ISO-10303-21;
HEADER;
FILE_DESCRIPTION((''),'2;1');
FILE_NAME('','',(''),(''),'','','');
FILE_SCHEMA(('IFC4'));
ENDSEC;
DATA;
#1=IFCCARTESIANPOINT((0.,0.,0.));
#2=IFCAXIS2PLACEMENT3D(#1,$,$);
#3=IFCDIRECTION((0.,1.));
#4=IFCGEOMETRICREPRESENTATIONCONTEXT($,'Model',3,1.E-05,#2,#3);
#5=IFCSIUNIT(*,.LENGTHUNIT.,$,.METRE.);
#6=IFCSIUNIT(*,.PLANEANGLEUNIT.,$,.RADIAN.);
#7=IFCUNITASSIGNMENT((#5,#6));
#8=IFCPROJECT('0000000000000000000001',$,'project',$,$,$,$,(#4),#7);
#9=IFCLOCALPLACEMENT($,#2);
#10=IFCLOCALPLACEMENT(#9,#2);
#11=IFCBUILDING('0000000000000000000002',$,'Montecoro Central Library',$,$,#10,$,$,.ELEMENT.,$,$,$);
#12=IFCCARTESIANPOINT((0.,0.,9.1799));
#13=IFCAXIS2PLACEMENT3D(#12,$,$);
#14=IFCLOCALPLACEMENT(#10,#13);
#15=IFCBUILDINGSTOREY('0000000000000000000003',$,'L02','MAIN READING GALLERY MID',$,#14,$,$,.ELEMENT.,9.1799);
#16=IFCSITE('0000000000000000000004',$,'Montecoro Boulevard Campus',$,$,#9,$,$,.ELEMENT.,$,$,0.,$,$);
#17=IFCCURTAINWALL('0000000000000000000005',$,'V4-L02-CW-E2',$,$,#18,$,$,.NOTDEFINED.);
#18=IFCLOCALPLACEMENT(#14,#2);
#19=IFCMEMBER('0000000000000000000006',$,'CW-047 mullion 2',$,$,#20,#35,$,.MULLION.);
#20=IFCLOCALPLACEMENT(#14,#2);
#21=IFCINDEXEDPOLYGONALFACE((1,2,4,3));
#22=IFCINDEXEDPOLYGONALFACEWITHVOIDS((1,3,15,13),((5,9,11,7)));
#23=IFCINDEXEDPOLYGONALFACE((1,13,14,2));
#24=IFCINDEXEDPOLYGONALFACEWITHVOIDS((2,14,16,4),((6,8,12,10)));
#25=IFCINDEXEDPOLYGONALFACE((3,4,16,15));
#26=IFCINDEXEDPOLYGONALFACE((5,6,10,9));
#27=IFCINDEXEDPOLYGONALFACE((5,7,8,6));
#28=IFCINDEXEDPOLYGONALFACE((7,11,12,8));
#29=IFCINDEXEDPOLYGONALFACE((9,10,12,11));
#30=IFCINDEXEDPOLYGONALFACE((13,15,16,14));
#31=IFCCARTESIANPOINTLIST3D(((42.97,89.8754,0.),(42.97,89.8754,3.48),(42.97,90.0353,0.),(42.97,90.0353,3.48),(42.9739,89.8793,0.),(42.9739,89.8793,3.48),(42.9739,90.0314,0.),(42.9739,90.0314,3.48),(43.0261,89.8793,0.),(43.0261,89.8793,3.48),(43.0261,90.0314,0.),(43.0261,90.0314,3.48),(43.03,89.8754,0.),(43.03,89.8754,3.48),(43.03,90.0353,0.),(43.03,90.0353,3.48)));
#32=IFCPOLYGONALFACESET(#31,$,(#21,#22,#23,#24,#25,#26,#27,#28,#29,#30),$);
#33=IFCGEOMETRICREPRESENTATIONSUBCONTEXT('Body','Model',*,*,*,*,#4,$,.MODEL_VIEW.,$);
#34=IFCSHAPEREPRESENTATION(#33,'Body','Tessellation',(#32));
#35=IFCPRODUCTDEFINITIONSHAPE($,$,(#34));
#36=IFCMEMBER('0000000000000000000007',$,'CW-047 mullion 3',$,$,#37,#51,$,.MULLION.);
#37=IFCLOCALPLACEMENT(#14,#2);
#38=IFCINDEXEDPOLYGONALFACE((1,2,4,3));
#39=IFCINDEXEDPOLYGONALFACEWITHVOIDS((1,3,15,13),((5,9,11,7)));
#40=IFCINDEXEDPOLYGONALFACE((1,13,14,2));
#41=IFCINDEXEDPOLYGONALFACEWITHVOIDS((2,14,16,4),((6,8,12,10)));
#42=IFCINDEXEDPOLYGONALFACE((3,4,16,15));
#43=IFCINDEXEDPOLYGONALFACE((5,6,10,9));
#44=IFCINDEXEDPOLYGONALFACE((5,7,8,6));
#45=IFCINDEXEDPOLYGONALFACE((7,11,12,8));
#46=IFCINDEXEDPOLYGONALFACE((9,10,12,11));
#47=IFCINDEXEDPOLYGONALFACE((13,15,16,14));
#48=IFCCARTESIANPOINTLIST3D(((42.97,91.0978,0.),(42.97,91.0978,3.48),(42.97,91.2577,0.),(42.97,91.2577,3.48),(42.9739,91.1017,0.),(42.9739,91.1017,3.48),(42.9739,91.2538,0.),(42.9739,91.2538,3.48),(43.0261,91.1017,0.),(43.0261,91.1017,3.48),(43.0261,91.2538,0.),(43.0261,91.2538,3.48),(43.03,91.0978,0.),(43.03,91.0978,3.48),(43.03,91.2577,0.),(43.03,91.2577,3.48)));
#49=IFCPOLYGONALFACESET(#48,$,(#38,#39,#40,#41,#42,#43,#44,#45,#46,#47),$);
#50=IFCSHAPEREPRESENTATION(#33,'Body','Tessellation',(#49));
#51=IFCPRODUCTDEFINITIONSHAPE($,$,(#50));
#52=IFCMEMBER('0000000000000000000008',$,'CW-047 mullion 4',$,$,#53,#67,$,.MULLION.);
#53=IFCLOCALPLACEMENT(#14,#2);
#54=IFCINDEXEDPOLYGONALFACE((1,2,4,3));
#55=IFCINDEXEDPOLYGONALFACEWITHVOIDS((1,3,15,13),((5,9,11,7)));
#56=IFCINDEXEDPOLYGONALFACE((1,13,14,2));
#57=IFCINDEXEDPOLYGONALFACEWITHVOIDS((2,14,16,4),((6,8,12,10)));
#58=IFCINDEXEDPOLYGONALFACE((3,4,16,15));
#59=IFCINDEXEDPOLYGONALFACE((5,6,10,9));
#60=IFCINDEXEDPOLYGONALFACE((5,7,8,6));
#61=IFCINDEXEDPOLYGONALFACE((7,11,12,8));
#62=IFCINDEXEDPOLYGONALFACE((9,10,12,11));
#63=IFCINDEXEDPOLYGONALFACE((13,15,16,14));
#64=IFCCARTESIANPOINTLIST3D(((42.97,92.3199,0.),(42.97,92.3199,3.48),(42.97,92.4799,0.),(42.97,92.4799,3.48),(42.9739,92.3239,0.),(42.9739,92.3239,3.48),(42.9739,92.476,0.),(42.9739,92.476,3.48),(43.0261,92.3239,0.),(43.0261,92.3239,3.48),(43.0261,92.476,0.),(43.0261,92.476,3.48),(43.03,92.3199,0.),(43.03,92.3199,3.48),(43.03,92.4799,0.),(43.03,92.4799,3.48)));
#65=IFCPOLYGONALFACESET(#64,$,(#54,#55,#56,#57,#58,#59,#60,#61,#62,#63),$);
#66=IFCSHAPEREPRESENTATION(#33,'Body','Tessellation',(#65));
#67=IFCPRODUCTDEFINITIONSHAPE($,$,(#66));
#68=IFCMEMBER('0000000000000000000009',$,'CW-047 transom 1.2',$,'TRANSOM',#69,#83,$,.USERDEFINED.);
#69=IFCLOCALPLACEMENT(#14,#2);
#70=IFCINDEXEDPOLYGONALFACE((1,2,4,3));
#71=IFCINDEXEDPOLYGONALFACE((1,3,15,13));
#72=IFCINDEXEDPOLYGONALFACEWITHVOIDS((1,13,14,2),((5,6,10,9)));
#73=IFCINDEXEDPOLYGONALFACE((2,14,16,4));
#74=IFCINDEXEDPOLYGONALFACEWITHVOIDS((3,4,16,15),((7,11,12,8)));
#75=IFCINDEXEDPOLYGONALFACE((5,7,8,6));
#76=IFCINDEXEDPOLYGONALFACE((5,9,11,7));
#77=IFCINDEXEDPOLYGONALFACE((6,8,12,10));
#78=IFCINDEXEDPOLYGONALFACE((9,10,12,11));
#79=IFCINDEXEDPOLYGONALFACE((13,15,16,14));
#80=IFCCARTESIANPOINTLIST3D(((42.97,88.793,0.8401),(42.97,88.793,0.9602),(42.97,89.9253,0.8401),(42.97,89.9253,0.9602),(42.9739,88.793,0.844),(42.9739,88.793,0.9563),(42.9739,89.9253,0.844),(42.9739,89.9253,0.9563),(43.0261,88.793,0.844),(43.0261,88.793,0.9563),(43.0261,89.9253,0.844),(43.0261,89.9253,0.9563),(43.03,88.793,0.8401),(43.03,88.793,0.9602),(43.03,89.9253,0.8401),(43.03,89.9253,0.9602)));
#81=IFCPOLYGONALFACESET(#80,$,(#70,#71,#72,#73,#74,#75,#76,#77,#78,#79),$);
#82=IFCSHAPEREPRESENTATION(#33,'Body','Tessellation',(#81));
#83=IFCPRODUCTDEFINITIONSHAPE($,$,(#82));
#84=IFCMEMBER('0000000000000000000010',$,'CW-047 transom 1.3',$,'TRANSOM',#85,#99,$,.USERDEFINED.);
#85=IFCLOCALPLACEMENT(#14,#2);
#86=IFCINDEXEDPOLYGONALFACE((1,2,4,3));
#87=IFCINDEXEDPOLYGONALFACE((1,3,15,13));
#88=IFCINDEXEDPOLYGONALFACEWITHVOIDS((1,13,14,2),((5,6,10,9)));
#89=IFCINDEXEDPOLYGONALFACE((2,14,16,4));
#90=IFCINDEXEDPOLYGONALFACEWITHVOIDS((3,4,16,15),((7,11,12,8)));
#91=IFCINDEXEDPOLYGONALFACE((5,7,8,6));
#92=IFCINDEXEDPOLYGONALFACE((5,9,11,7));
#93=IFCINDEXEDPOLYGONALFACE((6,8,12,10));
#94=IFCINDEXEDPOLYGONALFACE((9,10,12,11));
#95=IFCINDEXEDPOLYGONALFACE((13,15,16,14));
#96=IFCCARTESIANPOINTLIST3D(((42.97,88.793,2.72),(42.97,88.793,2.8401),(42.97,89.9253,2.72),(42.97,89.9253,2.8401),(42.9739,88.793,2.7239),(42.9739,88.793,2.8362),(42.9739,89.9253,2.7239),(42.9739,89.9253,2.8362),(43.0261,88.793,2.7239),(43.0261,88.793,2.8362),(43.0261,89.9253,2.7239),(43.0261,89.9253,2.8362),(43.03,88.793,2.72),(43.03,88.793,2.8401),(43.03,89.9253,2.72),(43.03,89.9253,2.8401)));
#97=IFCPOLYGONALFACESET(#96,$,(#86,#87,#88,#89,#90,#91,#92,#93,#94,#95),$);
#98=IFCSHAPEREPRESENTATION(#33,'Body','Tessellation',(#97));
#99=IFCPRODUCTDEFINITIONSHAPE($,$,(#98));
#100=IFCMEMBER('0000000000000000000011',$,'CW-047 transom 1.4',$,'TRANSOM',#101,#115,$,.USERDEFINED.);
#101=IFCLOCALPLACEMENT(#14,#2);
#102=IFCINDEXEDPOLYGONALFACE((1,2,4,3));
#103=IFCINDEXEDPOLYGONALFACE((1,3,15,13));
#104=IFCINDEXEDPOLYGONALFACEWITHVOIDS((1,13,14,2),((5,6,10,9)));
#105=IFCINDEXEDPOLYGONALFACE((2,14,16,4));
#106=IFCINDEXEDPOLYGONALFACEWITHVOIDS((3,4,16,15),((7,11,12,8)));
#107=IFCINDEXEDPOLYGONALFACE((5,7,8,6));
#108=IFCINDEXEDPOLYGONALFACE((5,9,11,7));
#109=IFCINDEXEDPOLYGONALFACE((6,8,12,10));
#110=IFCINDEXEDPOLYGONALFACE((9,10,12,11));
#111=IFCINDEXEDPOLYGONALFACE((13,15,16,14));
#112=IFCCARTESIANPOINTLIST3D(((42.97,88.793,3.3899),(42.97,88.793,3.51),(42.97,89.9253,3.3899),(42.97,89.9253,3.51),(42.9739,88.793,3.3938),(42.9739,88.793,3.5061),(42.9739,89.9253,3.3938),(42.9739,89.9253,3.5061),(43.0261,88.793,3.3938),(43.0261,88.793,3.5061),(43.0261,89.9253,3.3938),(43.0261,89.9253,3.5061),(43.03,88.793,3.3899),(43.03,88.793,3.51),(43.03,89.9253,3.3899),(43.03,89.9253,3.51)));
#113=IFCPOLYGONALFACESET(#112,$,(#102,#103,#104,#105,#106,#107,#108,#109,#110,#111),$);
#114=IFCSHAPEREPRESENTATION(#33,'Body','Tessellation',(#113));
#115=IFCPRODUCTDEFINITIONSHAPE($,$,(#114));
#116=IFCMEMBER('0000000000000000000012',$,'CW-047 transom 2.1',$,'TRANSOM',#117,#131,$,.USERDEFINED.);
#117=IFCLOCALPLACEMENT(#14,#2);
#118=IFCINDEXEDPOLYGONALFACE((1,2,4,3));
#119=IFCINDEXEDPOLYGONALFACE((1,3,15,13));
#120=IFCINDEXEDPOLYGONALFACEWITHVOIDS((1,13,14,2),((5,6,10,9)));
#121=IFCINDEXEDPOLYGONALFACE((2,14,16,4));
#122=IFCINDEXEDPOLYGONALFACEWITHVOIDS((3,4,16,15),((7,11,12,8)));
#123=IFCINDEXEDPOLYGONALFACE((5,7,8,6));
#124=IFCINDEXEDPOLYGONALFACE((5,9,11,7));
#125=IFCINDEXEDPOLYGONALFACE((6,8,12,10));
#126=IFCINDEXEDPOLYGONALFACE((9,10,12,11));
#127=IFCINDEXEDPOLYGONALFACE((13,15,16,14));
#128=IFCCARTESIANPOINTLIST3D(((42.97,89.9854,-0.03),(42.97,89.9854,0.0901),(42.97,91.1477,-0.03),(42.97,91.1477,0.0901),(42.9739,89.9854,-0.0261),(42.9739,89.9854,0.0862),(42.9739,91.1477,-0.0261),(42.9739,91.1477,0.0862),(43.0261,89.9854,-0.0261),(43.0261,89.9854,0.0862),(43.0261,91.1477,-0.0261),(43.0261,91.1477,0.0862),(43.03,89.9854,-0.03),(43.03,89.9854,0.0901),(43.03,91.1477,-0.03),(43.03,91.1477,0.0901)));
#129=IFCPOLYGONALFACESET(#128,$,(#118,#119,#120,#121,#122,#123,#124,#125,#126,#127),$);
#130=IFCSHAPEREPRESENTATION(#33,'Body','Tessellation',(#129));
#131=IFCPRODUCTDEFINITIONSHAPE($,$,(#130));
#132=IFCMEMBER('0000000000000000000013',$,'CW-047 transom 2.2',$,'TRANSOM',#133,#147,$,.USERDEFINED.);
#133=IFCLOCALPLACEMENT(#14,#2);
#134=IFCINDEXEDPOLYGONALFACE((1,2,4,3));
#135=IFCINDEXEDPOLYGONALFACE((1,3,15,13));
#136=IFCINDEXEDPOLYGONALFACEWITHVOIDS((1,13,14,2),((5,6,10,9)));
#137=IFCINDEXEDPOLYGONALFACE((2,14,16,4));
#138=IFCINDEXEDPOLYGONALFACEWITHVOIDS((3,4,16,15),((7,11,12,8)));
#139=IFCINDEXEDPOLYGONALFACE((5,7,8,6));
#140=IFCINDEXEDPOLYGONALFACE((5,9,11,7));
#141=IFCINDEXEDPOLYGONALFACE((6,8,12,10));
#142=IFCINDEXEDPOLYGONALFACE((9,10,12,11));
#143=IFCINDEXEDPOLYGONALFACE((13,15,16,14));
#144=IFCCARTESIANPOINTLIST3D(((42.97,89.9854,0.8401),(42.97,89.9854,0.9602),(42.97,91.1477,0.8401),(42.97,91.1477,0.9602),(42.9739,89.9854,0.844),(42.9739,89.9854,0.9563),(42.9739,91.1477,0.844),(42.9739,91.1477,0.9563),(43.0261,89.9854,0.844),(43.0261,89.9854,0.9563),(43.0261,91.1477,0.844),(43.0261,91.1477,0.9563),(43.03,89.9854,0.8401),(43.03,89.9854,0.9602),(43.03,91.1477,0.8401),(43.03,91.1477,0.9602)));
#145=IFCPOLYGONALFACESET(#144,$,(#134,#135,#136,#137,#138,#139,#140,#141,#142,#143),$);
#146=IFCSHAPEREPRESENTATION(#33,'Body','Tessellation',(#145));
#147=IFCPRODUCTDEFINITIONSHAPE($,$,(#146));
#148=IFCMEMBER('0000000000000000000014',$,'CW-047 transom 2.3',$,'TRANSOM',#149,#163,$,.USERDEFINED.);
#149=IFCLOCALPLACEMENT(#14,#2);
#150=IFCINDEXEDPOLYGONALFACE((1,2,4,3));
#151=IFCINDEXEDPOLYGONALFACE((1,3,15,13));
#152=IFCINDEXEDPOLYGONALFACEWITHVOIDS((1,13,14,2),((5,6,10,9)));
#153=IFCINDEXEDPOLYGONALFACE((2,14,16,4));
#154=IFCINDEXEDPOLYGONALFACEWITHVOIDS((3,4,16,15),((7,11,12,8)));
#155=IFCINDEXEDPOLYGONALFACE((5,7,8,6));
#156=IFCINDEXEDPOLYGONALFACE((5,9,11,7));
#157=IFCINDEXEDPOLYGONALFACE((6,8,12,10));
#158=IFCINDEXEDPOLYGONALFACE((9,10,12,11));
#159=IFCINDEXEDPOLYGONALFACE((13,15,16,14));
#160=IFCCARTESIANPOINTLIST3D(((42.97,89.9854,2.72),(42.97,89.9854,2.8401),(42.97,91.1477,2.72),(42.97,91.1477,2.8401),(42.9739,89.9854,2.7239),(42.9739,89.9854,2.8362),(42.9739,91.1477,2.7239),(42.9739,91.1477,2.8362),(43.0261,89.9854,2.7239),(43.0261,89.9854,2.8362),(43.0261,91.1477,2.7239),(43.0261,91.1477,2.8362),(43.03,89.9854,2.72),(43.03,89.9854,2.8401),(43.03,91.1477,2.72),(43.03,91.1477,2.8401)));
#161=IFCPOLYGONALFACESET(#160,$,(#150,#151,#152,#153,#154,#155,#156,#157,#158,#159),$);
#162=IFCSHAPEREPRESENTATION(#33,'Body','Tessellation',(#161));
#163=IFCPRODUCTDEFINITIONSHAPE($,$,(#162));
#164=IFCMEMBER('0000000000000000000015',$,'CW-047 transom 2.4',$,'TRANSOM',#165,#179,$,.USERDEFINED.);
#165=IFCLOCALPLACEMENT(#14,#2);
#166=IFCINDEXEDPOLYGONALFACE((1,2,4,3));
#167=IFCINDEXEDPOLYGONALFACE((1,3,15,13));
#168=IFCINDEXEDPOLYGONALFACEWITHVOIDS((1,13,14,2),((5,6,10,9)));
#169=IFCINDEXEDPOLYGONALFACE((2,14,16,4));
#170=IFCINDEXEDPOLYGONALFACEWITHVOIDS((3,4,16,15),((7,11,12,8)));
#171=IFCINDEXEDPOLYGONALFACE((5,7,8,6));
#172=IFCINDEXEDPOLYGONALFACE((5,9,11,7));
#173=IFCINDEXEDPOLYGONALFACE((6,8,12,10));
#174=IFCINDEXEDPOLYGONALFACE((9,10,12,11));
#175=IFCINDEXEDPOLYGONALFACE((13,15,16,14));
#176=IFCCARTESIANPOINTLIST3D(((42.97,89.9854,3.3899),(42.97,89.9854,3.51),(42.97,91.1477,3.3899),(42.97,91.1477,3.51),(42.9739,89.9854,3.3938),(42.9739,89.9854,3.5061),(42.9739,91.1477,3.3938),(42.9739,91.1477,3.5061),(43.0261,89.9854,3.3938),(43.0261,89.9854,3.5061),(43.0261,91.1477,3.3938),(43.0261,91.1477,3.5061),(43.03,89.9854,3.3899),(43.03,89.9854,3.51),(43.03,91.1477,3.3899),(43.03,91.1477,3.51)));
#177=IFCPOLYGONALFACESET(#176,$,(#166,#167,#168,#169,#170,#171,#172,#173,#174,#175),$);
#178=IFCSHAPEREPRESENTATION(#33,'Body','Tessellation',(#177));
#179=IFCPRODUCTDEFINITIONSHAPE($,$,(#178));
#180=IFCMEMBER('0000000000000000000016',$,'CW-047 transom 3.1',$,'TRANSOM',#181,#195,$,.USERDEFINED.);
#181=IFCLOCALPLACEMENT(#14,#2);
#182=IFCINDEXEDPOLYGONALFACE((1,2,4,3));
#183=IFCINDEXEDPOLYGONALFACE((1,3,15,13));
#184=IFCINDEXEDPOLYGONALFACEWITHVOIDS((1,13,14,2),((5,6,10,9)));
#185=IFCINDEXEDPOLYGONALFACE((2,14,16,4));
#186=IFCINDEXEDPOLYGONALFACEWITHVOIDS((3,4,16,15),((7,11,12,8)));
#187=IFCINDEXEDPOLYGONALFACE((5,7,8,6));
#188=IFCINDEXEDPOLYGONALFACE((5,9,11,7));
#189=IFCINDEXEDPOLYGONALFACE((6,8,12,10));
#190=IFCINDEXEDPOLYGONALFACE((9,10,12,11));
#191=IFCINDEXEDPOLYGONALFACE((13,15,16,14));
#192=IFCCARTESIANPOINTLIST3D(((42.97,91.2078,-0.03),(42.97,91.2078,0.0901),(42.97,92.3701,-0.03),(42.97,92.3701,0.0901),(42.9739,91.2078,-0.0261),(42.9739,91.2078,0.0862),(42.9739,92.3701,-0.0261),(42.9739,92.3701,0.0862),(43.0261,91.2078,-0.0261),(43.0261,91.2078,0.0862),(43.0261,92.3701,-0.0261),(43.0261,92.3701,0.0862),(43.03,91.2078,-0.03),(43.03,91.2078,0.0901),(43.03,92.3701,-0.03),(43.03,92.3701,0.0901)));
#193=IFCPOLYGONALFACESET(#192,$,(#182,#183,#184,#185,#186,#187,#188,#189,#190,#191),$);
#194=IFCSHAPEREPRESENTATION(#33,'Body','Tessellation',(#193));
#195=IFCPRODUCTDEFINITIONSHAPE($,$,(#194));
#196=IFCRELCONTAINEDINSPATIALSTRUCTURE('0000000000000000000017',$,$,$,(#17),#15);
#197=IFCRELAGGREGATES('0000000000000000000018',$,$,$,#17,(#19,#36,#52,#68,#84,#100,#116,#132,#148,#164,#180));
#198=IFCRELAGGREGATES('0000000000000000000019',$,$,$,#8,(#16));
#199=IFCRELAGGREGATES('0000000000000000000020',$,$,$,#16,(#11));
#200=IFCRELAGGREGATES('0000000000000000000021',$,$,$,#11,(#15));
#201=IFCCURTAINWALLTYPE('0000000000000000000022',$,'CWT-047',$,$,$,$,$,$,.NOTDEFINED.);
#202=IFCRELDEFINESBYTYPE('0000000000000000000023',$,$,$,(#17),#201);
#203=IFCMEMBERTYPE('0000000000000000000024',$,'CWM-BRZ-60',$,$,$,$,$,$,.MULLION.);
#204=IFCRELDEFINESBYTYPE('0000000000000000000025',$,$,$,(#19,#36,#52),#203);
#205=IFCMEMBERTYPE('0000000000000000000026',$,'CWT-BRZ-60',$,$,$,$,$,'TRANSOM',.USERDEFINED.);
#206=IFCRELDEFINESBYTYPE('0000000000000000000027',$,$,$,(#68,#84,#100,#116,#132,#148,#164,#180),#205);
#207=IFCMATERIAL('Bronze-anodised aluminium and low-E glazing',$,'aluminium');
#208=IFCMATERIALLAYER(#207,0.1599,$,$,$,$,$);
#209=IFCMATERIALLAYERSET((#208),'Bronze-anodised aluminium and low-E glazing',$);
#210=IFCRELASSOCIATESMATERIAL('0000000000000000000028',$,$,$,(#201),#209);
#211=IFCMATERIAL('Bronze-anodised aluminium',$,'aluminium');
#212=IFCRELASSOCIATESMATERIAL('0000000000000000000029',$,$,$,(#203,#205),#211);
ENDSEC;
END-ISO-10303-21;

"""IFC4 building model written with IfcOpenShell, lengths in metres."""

from ifc_helpers import new_model, si_unit, direction, frame, origin, origin_2d, place, context, subcontext, project, spatial, hollow_rectangle, extrude, material, layer, layer_set, material_profile, profile_set, type_object, element, aggregate, save


model = new_model("IFC4")

# Units and contexts
model_context = context("Model", 3, precision=1e-05, world=origin(), true_north=direction((0.0, 1.0)))
body_context = subcontext(model_context, "Body", "Model", "MODEL_VIEW")
ifc_project = project(units=[si_unit("LENGTHUNIT", "METRE"), si_unit("PLANEANGLEUNIT", "RADIAN")], contexts=[model_context])

# Site, building, storey
site_placement = place(None, origin())
site = spatial("IfcSite", under=ifc_project, at=site_placement, Name="Montecoro Boulevard Campus", CompositionType="ELEMENT", RefElevation=0.0)
building_placement = place(site_placement, origin())
building = spatial("IfcBuilding", under=site, at=building_placement, Name="Montecoro Central Library", CompositionType="ELEMENT")
storey_placement = place(building_placement, frame((0.0, 0.0, 9.1799)))
storey = spatial("IfcBuildingStorey", under=building, at=storey_placement, Name="L02", Description="MAIN READING GALLERY MID", CompositionType="ELEMENT", Elevation=9.1799)

# Curtain wall, members
ifc_material_1 = material(Name="Bronze-anodised aluminium and low-E glazing", Category="aluminium")
ifc_layer_1 = layer(ifc_material_1, 0.1599)
ifc_layer_set_1 = layer_set([ifc_layer_1], Name="Bronze-anodised aluminium and low-E glazing")
curtain_wall_type = type_object("IfcCurtainWallType", Name="CWT-047", PredefinedType="NOTDEFINED", material=ifc_layer_set_1)
curtain_wall_placement = place(storey_placement, origin())
curtain_wall = element("IfcCurtainWall", 1, at=curtain_wall_placement, inside=storey, type_object=curtain_wall_type, Name="V4-L02-CW-E2", PredefinedType="NOTDEFINED")
ifc_material_2 = material(Name="Bronze-anodised aluminium", Category="aluminium")
ifc_material_profile_1 = material_profile(ifc_material_2, hollow_rectangle(XDim=0.0601, YDim=0.1599, WallThickness=0.0039, at=origin_2d()), Name="CWM 160x60x4.0")
ifc_profile_set_1 = profile_set([ifc_material_profile_1], Name="Bronze-anodised aluminium")
member_type_1 = type_object("IfcMemberType", Name="CWM-BRZ-60", PredefinedType="MULLION", material=ifc_profile_set_1)
member_1_placement = place(storey_placement, frame((43.0, 89.9553, 0.0), z_axis=(0.0, 0.0, 1.0), x_axis=(-1.0, 0.0, 0.0)))
member_1 = element("IfcMember", 2, at=member_1_placement, type_object=member_type_1, Name="CW-047 mullion 2", PredefinedType="MULLION", context=body_context, shape_type="SweptSolid", body=[
    extrude(hollow_rectangle(XDim=0.0601, YDim=0.1599, WallThickness=0.0039, at=origin_2d()), origin(), (0.0, 0.0, 1.0), 3.48),
])
member_2_placement = place(storey_placement, frame((43.0, 91.1777, 0.0), z_axis=(0.0, 0.0, 1.0), x_axis=(-1.0, 0.0, 0.0)))
member_2 = element("IfcMember", 3, at=member_2_placement, type_object=member_type_1, Name="CW-047 mullion 3", PredefinedType="MULLION", context=body_context, shape_type="SweptSolid", body=[
    extrude(hollow_rectangle(XDim=0.0601, YDim=0.1599, WallThickness=0.0039, at=origin_2d()), origin(), (0.0, 0.0, 1.0), 3.48),
])
member_3_placement = place(storey_placement, frame((43.0, 92.3999, 0.0), z_axis=(0.0, 0.0, 1.0), x_axis=(-1.0, 0.0, 0.0)))
member_3 = element("IfcMember", 4, at=member_3_placement, type_object=member_type_1, Name="CW-047 mullion 4", PredefinedType="MULLION", context=body_context, shape_type="SweptSolid", body=[
    extrude(hollow_rectangle(XDim=0.0601, YDim=0.1599, WallThickness=0.0039, at=origin_2d()), origin(), (0.0, 0.0, 1.0), 3.48),
])
ifc_material_profile_2 = material_profile(ifc_material_2, hollow_rectangle(XDim=0.0601, YDim=0.1201, WallThickness=0.0039, at=origin_2d()), Name="CWT 120x60x4.0")
ifc_profile_set_2 = profile_set([ifc_material_profile_2], Name="Bronze-anodised aluminium")
member_type_2 = type_object("IfcMemberType", Name="CWT-BRZ-60", ElementType="TRANSOM", PredefinedType="USERDEFINED", material=ifc_profile_set_2)
member_4_placement = place(storey_placement, frame((43.0, 88.793, 0.9001), z_axis=(0.0, 1.0, 0.0), x_axis=(-1.0, 0.0, 0.0)))
member_4 = element("IfcMember", 5, at=member_4_placement, type_object=member_type_2, Name="CW-047 transom 1.2", ObjectType="TRANSOM", PredefinedType="USERDEFINED", context=body_context, shape_type="SweptSolid", body=[
    extrude(hollow_rectangle(XDim=0.0601, YDim=0.1201, WallThickness=0.0039, at=origin_2d()), origin(), (0.0, 0.0, 1.0), 1.1323),
])
member_5_placement = place(storey_placement, frame((43.0, 88.793, 2.78), z_axis=(0.0, 1.0, 0.0), x_axis=(-1.0, 0.0, 0.0)))
member_5 = element("IfcMember", 6, at=member_5_placement, type_object=member_type_2, Name="CW-047 transom 1.3", ObjectType="TRANSOM", PredefinedType="USERDEFINED", context=body_context, shape_type="SweptSolid", body=[
    extrude(hollow_rectangle(XDim=0.0601, YDim=0.1201, WallThickness=0.0039, at=origin_2d()), origin(), (0.0, 0.0, 1.0), 1.1323),
])
member_6_placement = place(storey_placement, frame((43.0, 88.793, 3.45), z_axis=(0.0, 1.0, 0.0), x_axis=(-1.0, 0.0, 0.0)))
member_6 = element("IfcMember", 7, at=member_6_placement, type_object=member_type_2, Name="CW-047 transom 1.4", ObjectType="TRANSOM", PredefinedType="USERDEFINED", context=body_context, shape_type="SweptSolid", body=[
    extrude(hollow_rectangle(XDim=0.0601, YDim=0.1201, WallThickness=0.0039, at=origin_2d()), origin(), (0.0, 0.0, 1.0), 1.1323),
])
member_7_placement = place(storey_placement, frame((43.0, 89.9854, 0.03), z_axis=(0.0, 1.0, 0.0), x_axis=(-1.0, 0.0, 0.0)))
member_7 = element("IfcMember", 8, at=member_7_placement, type_object=member_type_2, Name="CW-047 transom 2.1", ObjectType="TRANSOM", PredefinedType="USERDEFINED", context=body_context, shape_type="SweptSolid", body=[
    extrude(hollow_rectangle(XDim=0.0601, YDim=0.1201, WallThickness=0.0039, at=origin_2d()), origin(), (0.0, 0.0, 1.0), 1.1624),
])
member_8_placement = place(storey_placement, frame((43.0, 89.9854, 0.9001), z_axis=(0.0, 1.0, 0.0), x_axis=(-1.0, 0.0, 0.0)))
member_8 = element("IfcMember", 9, at=member_8_placement, type_object=member_type_2, Name="CW-047 transom 2.2", ObjectType="TRANSOM", PredefinedType="USERDEFINED", context=body_context, shape_type="SweptSolid", body=[
    extrude(hollow_rectangle(XDim=0.0601, YDim=0.1201, WallThickness=0.0039, at=origin_2d()), origin(), (0.0, 0.0, 1.0), 1.1624),
])
member_9_placement = place(storey_placement, frame((43.0, 89.9854, 2.78), z_axis=(0.0, 1.0, 0.0), x_axis=(-1.0, 0.0, 0.0)))
member_9 = element("IfcMember", 10, at=member_9_placement, type_object=member_type_2, Name="CW-047 transom 2.3", ObjectType="TRANSOM", PredefinedType="USERDEFINED", context=body_context, shape_type="SweptSolid", body=[
    extrude(hollow_rectangle(XDim=0.0601, YDim=0.1201, WallThickness=0.0039, at=origin_2d()), origin(), (0.0, 0.0, 1.0), 1.1624),
])
member_10_placement = place(storey_placement, frame((43.0, 89.9854, 3.45), z_axis=(0.0, 1.0, 0.0), x_axis=(-1.0, 0.0, 0.0)))
member_10 = element("IfcMember", 11, at=member_10_placement, type_object=member_type_2, Name="CW-047 transom 2.4", ObjectType="TRANSOM", PredefinedType="USERDEFINED", context=body_context, shape_type="SweptSolid", body=[
    extrude(hollow_rectangle(XDim=0.0601, YDim=0.1201, WallThickness=0.0039, at=origin_2d()), origin(), (0.0, 0.0, 1.0), 1.1624),
])
member_11_placement = place(storey_placement, frame((43.0, 91.2078, 0.03), z_axis=(0.0, 1.0, 0.0), x_axis=(-1.0, 0.0, 0.0)))
member_11 = element("IfcMember", 12, at=member_11_placement, type_object=member_type_2, Name="CW-047 transom 3.1", ObjectType="TRANSOM", PredefinedType="USERDEFINED", context=body_context, shape_type="SweptSolid", body=[
    extrude(hollow_rectangle(XDim=0.0601, YDim=0.1201, WallThickness=0.0039, at=origin_2d()), origin(), (0.0, 0.0, 1.0), 1.1624),
])
aggregate(curtain_wall, [member_1, member_2, member_3, member_4, member_5, member_6, member_7, member_8, member_9, member_10, member_11])

save(model, "model.ifc")
